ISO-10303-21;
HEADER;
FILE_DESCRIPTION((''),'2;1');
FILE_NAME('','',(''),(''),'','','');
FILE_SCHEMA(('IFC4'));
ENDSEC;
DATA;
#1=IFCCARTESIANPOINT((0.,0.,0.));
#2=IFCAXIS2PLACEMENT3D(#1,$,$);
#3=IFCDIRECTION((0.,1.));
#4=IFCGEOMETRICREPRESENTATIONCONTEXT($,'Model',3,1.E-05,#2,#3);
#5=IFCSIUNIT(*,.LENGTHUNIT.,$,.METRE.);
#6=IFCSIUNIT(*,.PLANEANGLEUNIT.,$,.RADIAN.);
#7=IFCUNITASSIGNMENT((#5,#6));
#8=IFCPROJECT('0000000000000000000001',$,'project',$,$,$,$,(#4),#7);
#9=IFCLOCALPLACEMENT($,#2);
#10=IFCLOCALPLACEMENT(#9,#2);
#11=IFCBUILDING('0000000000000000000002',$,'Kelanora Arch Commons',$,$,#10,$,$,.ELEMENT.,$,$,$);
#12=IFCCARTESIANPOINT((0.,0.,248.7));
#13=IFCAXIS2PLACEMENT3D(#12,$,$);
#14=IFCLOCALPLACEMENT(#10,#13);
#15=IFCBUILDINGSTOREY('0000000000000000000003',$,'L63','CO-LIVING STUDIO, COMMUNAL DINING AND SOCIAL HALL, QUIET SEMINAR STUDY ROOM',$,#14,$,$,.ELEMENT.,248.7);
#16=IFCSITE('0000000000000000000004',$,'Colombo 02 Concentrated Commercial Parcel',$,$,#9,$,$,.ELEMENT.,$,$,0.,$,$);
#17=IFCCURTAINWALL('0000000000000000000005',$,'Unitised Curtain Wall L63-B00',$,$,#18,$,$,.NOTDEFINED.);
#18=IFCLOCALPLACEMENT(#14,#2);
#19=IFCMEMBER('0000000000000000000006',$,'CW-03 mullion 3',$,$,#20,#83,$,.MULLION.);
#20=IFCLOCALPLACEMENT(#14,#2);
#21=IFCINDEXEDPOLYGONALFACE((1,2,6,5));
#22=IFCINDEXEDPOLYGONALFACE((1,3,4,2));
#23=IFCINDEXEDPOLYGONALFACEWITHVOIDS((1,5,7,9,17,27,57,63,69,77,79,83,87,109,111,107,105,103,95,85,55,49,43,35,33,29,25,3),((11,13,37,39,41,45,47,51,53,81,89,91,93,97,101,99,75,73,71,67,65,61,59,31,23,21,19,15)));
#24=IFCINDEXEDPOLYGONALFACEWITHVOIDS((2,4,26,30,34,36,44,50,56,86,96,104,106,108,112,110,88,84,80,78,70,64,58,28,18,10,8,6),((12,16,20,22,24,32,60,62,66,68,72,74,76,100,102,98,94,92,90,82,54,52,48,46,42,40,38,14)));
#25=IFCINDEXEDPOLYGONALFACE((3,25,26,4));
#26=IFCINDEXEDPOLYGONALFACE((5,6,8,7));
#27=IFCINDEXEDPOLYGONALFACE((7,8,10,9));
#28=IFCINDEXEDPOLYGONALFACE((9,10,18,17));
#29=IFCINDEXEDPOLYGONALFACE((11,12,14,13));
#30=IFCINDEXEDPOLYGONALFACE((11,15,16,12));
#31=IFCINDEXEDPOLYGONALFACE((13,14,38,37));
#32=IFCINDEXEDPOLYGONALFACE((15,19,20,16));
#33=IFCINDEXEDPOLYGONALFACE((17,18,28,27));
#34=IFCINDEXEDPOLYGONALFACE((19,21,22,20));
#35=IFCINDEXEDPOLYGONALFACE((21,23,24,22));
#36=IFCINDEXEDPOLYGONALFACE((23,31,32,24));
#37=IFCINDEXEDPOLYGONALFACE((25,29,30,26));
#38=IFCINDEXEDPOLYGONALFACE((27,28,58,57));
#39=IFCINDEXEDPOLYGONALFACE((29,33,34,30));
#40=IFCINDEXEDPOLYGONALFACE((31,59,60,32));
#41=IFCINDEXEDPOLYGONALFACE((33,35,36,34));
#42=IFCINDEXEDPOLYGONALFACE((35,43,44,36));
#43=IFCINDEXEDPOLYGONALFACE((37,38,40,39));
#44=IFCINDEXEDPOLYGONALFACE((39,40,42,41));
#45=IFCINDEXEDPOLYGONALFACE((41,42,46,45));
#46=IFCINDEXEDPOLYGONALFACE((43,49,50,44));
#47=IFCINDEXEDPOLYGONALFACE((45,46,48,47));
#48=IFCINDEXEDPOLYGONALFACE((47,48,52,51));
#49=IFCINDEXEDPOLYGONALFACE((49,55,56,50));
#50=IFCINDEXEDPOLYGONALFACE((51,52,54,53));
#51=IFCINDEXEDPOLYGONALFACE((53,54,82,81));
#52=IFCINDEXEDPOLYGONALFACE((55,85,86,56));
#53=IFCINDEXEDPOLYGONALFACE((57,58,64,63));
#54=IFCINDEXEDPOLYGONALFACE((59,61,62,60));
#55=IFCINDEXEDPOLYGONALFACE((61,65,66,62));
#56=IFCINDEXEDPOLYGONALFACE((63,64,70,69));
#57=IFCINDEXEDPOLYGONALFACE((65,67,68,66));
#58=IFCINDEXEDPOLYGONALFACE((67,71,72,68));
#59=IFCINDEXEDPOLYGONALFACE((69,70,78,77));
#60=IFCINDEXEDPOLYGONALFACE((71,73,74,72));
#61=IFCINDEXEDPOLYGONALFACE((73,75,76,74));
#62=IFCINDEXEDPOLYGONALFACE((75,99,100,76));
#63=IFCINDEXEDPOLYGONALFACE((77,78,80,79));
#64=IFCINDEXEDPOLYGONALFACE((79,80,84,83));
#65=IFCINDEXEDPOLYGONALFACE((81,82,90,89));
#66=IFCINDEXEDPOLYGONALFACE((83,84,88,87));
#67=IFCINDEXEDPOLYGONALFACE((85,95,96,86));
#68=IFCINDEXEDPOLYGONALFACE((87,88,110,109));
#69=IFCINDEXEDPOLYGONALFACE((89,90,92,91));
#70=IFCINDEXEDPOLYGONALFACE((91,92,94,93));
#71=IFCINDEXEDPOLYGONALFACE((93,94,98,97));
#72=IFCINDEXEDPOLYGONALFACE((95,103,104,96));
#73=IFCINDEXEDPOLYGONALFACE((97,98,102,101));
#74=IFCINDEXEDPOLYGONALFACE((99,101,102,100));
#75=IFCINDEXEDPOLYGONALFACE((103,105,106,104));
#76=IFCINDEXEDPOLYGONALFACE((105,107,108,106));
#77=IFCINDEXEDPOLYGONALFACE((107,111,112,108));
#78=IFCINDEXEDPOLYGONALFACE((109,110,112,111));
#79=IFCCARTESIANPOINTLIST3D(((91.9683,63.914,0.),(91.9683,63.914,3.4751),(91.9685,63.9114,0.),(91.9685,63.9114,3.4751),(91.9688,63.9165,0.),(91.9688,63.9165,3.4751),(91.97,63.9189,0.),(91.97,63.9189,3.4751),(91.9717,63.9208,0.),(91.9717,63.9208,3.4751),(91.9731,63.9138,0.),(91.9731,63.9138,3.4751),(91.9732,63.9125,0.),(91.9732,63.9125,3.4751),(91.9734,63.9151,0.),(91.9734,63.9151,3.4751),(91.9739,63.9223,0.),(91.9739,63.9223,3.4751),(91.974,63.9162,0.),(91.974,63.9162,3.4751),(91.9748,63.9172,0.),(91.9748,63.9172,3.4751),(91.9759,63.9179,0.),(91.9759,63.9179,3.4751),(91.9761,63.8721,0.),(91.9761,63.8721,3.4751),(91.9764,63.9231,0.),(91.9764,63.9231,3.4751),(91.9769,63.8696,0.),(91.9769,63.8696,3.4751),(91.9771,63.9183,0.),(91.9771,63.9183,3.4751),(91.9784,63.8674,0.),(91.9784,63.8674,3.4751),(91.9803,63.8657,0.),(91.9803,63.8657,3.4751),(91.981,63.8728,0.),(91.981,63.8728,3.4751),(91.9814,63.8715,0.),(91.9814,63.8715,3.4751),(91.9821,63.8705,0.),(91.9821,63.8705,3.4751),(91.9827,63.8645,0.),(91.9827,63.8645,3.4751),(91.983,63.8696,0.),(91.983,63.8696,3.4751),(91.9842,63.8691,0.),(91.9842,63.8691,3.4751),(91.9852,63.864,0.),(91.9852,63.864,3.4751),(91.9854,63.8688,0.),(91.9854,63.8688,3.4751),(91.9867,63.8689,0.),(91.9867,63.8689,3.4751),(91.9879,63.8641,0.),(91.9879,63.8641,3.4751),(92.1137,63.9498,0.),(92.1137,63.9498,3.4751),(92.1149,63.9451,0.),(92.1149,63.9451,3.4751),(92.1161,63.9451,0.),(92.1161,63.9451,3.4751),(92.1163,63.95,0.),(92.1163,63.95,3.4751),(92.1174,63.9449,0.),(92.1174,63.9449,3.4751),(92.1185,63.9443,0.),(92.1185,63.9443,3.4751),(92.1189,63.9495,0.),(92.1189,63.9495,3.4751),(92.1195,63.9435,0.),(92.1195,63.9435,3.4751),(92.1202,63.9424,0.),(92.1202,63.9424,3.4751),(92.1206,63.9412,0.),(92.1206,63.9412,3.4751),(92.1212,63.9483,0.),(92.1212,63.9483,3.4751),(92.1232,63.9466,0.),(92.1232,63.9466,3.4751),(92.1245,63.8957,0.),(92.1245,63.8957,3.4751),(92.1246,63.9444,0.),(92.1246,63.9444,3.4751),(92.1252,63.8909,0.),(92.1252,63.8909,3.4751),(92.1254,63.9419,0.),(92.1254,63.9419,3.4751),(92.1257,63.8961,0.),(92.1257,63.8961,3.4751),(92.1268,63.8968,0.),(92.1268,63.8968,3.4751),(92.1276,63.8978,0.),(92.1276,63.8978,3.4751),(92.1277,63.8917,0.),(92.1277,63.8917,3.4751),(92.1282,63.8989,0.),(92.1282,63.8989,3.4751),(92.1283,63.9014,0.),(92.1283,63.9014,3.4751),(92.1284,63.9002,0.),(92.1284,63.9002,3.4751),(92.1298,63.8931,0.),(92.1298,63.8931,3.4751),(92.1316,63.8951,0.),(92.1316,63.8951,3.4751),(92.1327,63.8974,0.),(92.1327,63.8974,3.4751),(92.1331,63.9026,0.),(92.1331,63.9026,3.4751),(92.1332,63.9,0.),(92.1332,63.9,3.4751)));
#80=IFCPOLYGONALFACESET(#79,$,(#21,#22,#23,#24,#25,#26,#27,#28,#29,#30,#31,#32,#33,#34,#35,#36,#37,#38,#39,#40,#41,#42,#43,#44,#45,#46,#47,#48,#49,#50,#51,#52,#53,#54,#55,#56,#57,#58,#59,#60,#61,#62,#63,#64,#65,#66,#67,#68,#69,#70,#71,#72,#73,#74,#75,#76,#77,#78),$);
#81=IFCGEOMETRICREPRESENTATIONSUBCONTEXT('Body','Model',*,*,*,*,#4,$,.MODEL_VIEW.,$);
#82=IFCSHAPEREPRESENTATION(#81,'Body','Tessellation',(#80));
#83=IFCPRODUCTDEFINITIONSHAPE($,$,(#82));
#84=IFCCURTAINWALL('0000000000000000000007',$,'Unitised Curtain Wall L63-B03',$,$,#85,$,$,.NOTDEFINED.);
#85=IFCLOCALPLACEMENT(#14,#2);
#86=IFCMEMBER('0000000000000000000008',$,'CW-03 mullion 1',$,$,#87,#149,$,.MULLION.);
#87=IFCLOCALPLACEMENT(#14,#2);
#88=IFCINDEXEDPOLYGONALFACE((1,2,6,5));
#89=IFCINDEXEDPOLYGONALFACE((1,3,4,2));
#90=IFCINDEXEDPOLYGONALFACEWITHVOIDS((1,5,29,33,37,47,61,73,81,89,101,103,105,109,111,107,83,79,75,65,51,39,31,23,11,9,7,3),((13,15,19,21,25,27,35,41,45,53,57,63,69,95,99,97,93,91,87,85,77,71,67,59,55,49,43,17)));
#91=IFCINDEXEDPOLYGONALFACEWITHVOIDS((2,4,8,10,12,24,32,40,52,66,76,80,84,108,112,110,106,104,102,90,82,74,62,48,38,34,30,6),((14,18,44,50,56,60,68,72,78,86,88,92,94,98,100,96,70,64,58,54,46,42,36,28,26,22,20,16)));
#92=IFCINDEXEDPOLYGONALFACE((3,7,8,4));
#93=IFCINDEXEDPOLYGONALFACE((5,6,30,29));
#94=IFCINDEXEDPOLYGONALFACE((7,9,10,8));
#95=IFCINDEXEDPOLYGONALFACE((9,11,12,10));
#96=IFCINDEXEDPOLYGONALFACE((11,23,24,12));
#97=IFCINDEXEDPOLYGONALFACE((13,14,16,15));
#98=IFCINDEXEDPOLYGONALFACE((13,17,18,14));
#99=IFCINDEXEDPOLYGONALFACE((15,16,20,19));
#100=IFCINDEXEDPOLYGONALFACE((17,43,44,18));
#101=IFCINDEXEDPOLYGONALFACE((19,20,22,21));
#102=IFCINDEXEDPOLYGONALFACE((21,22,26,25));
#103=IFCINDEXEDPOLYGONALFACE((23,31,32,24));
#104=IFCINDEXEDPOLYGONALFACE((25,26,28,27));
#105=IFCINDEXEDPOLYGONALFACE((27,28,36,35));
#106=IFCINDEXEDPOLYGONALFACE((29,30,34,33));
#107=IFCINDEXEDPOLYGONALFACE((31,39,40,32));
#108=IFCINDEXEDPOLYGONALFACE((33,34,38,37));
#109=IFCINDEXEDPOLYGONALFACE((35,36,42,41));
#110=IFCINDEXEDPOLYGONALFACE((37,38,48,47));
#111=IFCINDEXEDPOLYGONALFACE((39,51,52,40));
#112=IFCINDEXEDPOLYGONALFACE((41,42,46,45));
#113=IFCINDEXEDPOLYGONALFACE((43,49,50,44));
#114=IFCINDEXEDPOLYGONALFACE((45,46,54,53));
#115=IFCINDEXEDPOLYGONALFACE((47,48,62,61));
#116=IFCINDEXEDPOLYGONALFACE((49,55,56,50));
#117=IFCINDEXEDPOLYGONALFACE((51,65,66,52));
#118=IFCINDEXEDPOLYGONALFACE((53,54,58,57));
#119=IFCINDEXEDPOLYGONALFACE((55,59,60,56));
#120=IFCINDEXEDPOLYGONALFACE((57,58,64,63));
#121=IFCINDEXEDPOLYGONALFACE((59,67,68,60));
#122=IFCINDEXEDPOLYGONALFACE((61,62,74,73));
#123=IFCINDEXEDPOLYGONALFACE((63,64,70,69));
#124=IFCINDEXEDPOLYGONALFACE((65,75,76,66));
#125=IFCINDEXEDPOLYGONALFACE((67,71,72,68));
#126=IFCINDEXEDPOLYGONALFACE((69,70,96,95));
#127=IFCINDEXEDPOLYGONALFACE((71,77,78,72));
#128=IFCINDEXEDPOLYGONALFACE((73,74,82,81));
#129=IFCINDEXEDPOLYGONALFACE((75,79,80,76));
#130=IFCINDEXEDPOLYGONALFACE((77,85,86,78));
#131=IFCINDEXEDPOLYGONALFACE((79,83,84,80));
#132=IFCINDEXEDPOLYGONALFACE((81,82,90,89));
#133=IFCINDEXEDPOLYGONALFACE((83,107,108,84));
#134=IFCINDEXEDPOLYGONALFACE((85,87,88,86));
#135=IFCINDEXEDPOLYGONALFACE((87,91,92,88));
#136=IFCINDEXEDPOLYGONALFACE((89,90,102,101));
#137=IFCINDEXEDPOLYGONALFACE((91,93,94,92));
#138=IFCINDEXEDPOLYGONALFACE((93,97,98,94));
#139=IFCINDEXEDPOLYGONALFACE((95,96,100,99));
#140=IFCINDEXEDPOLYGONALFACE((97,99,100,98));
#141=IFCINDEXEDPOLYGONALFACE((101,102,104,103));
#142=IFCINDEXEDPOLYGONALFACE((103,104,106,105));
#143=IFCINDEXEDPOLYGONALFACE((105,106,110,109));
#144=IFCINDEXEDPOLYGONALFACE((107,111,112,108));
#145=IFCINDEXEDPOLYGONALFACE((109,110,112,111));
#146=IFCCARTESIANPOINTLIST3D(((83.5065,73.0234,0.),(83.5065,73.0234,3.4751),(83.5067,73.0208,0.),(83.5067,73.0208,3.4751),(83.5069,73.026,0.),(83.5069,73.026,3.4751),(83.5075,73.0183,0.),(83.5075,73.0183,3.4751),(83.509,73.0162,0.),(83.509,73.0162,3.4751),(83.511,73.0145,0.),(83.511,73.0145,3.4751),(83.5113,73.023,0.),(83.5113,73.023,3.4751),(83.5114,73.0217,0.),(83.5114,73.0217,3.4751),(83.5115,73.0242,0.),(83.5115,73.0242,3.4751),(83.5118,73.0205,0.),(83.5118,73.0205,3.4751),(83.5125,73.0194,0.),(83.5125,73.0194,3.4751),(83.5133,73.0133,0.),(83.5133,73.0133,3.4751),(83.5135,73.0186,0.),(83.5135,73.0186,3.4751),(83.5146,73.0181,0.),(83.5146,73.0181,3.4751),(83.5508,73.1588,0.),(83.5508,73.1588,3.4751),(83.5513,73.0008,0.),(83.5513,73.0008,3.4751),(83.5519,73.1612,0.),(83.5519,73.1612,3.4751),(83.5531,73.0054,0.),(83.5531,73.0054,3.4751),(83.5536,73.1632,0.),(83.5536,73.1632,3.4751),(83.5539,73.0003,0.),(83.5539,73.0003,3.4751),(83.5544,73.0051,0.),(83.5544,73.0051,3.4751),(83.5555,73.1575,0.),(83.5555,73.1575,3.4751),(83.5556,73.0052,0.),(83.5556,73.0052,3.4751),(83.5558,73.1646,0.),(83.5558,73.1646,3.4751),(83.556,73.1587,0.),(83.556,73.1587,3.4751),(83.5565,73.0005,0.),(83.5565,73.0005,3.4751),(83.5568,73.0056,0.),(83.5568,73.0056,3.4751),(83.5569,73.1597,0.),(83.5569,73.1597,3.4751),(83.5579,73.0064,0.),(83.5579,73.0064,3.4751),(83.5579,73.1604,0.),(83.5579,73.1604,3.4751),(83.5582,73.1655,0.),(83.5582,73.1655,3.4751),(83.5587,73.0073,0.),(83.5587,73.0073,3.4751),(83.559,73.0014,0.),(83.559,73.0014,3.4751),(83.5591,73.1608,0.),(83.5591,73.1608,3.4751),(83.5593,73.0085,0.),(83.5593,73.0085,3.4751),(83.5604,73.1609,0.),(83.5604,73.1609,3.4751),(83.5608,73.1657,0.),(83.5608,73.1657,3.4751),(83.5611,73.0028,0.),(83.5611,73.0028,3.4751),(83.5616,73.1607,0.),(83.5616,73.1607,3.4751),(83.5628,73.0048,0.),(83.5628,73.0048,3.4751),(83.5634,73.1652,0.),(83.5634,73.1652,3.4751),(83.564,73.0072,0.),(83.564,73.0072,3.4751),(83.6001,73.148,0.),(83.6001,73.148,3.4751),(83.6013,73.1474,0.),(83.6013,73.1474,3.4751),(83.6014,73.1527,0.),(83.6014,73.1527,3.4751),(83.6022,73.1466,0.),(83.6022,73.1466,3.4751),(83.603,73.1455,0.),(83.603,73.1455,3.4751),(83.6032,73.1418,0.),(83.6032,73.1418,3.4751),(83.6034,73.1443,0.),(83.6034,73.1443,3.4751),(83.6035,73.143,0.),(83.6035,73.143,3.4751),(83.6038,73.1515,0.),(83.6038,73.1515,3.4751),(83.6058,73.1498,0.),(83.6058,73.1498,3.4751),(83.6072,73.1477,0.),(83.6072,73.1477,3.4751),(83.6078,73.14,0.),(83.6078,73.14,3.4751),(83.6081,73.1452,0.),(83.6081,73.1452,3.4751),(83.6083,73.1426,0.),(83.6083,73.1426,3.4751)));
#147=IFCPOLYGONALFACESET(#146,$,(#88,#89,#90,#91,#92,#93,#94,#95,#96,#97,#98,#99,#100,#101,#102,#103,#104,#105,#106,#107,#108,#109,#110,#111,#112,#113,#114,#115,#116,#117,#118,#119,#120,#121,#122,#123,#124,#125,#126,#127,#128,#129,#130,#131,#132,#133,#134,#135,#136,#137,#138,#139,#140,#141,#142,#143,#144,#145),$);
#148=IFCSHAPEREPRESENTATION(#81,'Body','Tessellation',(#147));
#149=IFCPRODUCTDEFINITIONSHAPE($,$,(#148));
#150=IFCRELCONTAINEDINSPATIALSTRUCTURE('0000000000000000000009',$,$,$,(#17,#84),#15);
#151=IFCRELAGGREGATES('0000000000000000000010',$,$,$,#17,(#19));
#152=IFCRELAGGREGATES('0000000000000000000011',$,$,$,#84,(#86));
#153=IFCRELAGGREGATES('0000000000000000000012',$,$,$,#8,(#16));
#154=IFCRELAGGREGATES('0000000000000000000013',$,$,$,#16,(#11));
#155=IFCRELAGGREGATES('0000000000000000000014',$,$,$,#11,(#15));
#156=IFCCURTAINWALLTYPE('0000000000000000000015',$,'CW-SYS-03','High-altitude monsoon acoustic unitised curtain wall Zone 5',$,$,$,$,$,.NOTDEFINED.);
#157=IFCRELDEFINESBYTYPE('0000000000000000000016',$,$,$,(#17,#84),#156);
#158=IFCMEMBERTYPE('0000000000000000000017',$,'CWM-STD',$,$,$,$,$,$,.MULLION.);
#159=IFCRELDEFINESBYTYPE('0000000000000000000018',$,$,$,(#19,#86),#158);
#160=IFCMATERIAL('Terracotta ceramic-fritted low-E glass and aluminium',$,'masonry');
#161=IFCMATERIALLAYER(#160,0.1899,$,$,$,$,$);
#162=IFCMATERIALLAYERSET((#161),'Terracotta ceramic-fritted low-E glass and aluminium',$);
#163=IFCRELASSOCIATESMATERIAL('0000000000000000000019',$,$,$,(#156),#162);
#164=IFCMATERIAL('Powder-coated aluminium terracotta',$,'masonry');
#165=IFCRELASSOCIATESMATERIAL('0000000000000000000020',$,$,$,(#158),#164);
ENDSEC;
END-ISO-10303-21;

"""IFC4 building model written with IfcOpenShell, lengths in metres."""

from ifc_helpers import new_model, si_unit, direction, frame, origin, origin_2d, place, context, subcontext, project, spatial, hollow_rectangle, extrude, material, layer, layer_set, material_profile, profile_set, type_object, element, aggregate, save


model = new_model("IFC4")

# Units and contexts
model_context = context("Model", 3, precision=1e-05, world=origin(), true_north=direction((0.0, 1.0)))
body_context = subcontext(model_context, "Body", "Model", "MODEL_VIEW")
ifc_project = project(units=[si_unit("LENGTHUNIT", "METRE"), si_unit("PLANEANGLEUNIT", "RADIAN")], contexts=[model_context])

# Site, building, storey
site_placement = place(None, origin())
site = spatial("IfcSite", under=ifc_project, at=site_placement, Name="Colombo 02 Concentrated Commercial Parcel", CompositionType="ELEMENT", RefElevation=0.0)
building_placement = place(site_placement, origin())
building = spatial("IfcBuilding", under=site, at=building_placement, Name="Kelanora Arch Commons", CompositionType="ELEMENT")
storey_placement = place(building_placement, frame((0.0, 0.0, 248.7)))
storey = spatial("IfcBuildingStorey", under=building, at=storey_placement, Name="L63", Description="CO-LIVING STUDIO, COMMUNAL DINING AND SOCIAL HALL, QUIET SEMINAR STUDY ROOM", CompositionType="ELEMENT", Elevation=248.7)

# Curtain wall, member
ifc_material_1 = material(Name="Terracotta ceramic-fritted low-E glass and aluminium", Category="masonry")
ifc_layer_1 = layer(ifc_material_1, 0.1899)
ifc_layer_set_1 = layer_set([ifc_layer_1], Name="Terracotta ceramic-fritted low-E glass and aluminium")
curtain_wall_type = type_object("IfcCurtainWallType", Name="CW-SYS-03", Description="High-altitude monsoon acoustic unitised curtain wall Zone 5", PredefinedType="NOTDEFINED", material=ifc_layer_set_1)
curtain_wall_1_placement = place(storey_placement, origin())
curtain_wall_1 = element("IfcCurtainWall", 1, at=curtain_wall_1_placement, inside=storey, type_object=curtain_wall_type, Name="Unitised Curtain Wall L63-B00", PredefinedType="NOTDEFINED")
ifc_material_2 = material(Name="Powder-coated aluminium terracotta", Category="masonry")
ifc_material_profile_1 = material_profile(ifc_material_2, hollow_rectangle(XDim=0.1599, YDim=0.0601, WallThickness=0.0049, InnerFilletRadius=0.0049, OuterFilletRadius=0.01, at=origin_2d()), Name="CWM160x60")
ifc_profile_set_1 = profile_set([ifc_material_profile_1], Name="Powder-coated aluminium terracotta")
member_type_1 = type_object("IfcMemberType", Name="CWM-STD", PredefinedType="MULLION", material=ifc_profile_set_1)
member_1_placement = place(storey_placement, frame((92.0508, 63.907, 0.0), z_axis=(0.0, 0.0, 1.0), x_axis=(-0.981596, -0.190972, 0.0)))
member_1 = element("IfcMember", 2, at=member_1_placement, type_object=member_type_1, Name="CW-03 mullion 3", PredefinedType="MULLION", context=body_context, shape_type="SweptSolid", body=[
    extrude(hollow_rectangle(XDim=0.1599, YDim=0.0601, WallThickness=0.0049, InnerFilletRadius=0.0049, OuterFilletRadius=0.01, at=origin_2d()), origin(), (0.0, 0.0, 1.0), 3.4751),
])
aggregate(curtain_wall_1, [member_1])

# Curtain wall, member
curtain_wall_2_placement = place(storey_placement, origin())
curtain_wall_2 = element("IfcCurtainWall", 3, at=curtain_wall_2_placement, inside=storey, type_object=curtain_wall_type, Name="Unitised Curtain Wall L63-B03", PredefinedType="NOTDEFINED")
member_2_placement = place(storey_placement, frame((83.5574, 73.083, 0.0), z_axis=(0.0, 0.0, 1.0), x_axis=(-0.313253, -0.94967, 0.0)))
member_2 = element("IfcMember", 4, at=member_2_placement, type_object=member_type_1, Name="CW-03 mullion 1", PredefinedType="MULLION", context=body_context, shape_type="SweptSolid", body=[
    extrude(hollow_rectangle(XDim=0.1599, YDim=0.0601, WallThickness=0.0049, InnerFilletRadius=0.0049, OuterFilletRadius=0.01, at=origin_2d()), origin(), (0.0, 0.0, 1.0), 3.4751),
])
aggregate(curtain_wall_2, [member_2])

save(model, "model.ifc")
